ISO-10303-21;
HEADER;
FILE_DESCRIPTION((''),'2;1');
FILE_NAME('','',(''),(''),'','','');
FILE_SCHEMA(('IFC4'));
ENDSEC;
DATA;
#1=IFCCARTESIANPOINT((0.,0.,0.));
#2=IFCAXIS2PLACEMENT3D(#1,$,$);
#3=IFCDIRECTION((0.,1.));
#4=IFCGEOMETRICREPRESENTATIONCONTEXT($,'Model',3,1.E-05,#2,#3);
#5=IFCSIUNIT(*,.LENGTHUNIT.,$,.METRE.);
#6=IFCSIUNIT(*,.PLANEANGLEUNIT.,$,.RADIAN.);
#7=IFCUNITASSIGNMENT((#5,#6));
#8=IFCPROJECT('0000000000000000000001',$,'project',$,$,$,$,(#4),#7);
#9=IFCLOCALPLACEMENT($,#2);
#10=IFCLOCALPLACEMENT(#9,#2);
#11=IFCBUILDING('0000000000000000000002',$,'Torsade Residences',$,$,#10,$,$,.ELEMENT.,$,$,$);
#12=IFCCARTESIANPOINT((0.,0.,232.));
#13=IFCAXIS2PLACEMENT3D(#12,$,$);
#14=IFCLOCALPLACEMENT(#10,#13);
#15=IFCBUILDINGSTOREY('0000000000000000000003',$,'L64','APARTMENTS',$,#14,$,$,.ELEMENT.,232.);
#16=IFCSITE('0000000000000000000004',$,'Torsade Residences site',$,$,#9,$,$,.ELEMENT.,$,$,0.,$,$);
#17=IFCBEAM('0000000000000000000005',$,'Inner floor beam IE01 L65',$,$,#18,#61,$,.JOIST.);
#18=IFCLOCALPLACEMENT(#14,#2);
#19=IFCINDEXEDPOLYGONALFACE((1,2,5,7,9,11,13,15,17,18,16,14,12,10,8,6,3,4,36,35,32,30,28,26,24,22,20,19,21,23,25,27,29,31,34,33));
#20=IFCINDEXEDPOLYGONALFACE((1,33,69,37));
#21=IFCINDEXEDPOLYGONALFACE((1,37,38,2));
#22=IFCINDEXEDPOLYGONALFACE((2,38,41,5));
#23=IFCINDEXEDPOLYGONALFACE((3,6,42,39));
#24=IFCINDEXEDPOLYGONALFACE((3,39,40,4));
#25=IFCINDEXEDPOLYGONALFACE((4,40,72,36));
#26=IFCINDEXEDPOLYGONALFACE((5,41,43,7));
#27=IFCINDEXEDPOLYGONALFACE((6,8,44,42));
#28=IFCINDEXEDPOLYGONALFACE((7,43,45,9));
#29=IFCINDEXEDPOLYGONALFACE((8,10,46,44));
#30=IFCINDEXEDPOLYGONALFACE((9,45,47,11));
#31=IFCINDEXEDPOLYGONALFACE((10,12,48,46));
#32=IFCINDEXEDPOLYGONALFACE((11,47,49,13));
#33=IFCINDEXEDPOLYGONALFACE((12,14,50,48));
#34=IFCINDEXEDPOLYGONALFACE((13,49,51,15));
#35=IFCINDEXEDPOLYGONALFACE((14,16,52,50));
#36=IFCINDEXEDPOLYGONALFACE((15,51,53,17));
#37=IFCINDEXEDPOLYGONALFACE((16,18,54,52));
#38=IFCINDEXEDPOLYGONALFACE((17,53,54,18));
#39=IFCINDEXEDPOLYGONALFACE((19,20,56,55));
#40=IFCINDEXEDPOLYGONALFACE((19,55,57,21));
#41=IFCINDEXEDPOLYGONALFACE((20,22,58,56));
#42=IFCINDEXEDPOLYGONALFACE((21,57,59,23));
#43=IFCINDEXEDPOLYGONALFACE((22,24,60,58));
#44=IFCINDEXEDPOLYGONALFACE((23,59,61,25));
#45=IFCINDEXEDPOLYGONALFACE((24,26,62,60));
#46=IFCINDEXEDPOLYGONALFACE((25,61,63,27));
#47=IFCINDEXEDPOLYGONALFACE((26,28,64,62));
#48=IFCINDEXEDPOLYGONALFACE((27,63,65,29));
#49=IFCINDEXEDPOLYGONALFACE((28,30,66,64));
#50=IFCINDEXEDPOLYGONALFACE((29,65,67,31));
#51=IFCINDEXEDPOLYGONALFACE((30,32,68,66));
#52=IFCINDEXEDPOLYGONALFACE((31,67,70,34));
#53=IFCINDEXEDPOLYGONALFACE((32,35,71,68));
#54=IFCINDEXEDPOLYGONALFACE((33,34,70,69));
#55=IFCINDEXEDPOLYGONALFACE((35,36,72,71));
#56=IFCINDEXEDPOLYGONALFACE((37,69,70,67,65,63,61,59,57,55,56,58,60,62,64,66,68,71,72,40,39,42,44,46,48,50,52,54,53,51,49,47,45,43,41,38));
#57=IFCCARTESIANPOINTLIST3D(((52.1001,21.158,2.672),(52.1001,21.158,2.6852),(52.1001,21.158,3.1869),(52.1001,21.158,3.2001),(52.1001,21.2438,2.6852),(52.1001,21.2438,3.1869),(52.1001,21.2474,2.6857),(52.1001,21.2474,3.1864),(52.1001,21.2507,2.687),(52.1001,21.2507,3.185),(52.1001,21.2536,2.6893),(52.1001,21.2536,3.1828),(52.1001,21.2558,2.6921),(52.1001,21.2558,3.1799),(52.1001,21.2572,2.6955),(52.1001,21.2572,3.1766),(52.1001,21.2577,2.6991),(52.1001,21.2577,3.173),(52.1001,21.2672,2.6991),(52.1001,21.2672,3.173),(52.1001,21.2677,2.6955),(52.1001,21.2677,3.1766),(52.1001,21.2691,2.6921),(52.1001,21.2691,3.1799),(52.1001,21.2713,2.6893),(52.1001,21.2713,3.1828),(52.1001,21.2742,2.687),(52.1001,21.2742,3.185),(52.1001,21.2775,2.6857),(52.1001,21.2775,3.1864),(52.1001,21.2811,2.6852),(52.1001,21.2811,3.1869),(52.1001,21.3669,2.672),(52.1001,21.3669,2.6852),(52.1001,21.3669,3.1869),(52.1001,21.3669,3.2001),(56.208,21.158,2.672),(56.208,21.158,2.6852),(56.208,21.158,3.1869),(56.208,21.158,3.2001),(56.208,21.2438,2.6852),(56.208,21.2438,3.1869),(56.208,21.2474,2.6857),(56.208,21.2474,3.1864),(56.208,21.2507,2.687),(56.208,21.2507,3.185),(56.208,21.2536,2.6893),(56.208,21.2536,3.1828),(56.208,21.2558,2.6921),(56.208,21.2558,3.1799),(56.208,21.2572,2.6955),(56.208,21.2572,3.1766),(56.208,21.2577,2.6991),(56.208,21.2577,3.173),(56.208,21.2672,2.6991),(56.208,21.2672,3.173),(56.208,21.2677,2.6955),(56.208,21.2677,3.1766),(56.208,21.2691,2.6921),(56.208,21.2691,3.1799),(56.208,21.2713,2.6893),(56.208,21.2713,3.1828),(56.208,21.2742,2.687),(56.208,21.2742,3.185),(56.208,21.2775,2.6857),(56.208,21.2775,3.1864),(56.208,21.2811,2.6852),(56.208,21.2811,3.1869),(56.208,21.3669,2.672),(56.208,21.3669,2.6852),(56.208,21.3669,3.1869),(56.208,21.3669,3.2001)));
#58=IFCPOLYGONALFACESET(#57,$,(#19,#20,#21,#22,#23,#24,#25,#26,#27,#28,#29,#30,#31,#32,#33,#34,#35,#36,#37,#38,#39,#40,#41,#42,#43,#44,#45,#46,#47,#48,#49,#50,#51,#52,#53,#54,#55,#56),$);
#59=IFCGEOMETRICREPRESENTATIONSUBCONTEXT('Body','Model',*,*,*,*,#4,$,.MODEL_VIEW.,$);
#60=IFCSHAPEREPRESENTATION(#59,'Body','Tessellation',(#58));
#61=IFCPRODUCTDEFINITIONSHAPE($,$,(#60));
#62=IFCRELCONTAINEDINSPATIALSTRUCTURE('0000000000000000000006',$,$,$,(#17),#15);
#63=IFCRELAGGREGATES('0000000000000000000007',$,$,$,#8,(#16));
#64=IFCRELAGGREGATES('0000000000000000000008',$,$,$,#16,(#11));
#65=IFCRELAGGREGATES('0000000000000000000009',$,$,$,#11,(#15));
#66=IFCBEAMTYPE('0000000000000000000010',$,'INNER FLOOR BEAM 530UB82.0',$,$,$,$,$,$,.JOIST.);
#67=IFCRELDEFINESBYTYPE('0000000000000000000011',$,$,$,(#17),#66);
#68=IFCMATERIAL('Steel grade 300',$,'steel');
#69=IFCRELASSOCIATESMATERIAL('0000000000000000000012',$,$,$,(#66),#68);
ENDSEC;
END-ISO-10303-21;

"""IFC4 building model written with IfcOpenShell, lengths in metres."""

from ifc_helpers import new_model, si_unit, direction, frame, origin, origin_2d, place, context, subcontext, project, spatial, i_section, extrude, material, material_profile, profile_set, type_object, element, save


model = new_model("IFC4")

# Units and contexts
model_context = context("Model", 3, precision=1e-05, world=origin(), true_north=direction((0.0, 1.0)))
body_context = subcontext(model_context, "Body", "Model", "MODEL_VIEW")
ifc_project = project(units=[si_unit("LENGTHUNIT", "METRE"), si_unit("PLANEANGLEUNIT", "RADIAN")], contexts=[model_context])

# Site, building, storey
site_placement = place(None, origin())
site = spatial("IfcSite", under=ifc_project, at=site_placement, Name="Torsade Residences site", CompositionType="ELEMENT", RefElevation=0.0)
building_placement = place(site_placement, origin())
building = spatial("IfcBuilding", under=site, at=building_placement, Name="Torsade Residences", CompositionType="ELEMENT")
storey_placement = place(building_placement, frame((0.0, 0.0, 232.0)))
storey = spatial("IfcBuildingStorey", under=building, at=storey_placement, Name="L64", Description="APARTMENTS", CompositionType="ELEMENT", Elevation=232.0)

# Beam
ifc_material_1 = material(Name="Steel grade 300", Category="steel")
ifc_material_profile = material_profile(ifc_material_1, i_section(OverallWidth=0.209, OverallDepth=0.5281, WebThickness=0.0095, FlangeThickness=0.0132, FilletRadius=0.0139, at=origin_2d()), Name="530UB82.0")
ifc_profile_set = profile_set([ifc_material_profile], Name="Steel grade 300")
beam_type = type_object("IfcBeamType", Name="INNER FLOOR BEAM 530UB82.0", PredefinedType="JOIST", material=ifc_profile_set)
beam_placement = place(storey_placement, frame((52.1001, 21.2625, 2.936), z_axis=(1.0, 0.0, 0.0), x_axis=(0.0, 1.0, 0.0)))
element("IfcBeam", 1, at=beam_placement, inside=storey, type_object=beam_type, Name="Inner floor beam IE01 L65", PredefinedType="JOIST", context=body_context, shape_type="SweptSolid", body=[
    extrude(i_section(OverallWidth=0.209, OverallDepth=0.5281, WebThickness=0.0095, FlangeThickness=0.0132, FilletRadius=0.0139, at=origin_2d()), origin(), (0.0, 0.0, 1.0), 4.1079),
])

save(model, "model.ifc")
